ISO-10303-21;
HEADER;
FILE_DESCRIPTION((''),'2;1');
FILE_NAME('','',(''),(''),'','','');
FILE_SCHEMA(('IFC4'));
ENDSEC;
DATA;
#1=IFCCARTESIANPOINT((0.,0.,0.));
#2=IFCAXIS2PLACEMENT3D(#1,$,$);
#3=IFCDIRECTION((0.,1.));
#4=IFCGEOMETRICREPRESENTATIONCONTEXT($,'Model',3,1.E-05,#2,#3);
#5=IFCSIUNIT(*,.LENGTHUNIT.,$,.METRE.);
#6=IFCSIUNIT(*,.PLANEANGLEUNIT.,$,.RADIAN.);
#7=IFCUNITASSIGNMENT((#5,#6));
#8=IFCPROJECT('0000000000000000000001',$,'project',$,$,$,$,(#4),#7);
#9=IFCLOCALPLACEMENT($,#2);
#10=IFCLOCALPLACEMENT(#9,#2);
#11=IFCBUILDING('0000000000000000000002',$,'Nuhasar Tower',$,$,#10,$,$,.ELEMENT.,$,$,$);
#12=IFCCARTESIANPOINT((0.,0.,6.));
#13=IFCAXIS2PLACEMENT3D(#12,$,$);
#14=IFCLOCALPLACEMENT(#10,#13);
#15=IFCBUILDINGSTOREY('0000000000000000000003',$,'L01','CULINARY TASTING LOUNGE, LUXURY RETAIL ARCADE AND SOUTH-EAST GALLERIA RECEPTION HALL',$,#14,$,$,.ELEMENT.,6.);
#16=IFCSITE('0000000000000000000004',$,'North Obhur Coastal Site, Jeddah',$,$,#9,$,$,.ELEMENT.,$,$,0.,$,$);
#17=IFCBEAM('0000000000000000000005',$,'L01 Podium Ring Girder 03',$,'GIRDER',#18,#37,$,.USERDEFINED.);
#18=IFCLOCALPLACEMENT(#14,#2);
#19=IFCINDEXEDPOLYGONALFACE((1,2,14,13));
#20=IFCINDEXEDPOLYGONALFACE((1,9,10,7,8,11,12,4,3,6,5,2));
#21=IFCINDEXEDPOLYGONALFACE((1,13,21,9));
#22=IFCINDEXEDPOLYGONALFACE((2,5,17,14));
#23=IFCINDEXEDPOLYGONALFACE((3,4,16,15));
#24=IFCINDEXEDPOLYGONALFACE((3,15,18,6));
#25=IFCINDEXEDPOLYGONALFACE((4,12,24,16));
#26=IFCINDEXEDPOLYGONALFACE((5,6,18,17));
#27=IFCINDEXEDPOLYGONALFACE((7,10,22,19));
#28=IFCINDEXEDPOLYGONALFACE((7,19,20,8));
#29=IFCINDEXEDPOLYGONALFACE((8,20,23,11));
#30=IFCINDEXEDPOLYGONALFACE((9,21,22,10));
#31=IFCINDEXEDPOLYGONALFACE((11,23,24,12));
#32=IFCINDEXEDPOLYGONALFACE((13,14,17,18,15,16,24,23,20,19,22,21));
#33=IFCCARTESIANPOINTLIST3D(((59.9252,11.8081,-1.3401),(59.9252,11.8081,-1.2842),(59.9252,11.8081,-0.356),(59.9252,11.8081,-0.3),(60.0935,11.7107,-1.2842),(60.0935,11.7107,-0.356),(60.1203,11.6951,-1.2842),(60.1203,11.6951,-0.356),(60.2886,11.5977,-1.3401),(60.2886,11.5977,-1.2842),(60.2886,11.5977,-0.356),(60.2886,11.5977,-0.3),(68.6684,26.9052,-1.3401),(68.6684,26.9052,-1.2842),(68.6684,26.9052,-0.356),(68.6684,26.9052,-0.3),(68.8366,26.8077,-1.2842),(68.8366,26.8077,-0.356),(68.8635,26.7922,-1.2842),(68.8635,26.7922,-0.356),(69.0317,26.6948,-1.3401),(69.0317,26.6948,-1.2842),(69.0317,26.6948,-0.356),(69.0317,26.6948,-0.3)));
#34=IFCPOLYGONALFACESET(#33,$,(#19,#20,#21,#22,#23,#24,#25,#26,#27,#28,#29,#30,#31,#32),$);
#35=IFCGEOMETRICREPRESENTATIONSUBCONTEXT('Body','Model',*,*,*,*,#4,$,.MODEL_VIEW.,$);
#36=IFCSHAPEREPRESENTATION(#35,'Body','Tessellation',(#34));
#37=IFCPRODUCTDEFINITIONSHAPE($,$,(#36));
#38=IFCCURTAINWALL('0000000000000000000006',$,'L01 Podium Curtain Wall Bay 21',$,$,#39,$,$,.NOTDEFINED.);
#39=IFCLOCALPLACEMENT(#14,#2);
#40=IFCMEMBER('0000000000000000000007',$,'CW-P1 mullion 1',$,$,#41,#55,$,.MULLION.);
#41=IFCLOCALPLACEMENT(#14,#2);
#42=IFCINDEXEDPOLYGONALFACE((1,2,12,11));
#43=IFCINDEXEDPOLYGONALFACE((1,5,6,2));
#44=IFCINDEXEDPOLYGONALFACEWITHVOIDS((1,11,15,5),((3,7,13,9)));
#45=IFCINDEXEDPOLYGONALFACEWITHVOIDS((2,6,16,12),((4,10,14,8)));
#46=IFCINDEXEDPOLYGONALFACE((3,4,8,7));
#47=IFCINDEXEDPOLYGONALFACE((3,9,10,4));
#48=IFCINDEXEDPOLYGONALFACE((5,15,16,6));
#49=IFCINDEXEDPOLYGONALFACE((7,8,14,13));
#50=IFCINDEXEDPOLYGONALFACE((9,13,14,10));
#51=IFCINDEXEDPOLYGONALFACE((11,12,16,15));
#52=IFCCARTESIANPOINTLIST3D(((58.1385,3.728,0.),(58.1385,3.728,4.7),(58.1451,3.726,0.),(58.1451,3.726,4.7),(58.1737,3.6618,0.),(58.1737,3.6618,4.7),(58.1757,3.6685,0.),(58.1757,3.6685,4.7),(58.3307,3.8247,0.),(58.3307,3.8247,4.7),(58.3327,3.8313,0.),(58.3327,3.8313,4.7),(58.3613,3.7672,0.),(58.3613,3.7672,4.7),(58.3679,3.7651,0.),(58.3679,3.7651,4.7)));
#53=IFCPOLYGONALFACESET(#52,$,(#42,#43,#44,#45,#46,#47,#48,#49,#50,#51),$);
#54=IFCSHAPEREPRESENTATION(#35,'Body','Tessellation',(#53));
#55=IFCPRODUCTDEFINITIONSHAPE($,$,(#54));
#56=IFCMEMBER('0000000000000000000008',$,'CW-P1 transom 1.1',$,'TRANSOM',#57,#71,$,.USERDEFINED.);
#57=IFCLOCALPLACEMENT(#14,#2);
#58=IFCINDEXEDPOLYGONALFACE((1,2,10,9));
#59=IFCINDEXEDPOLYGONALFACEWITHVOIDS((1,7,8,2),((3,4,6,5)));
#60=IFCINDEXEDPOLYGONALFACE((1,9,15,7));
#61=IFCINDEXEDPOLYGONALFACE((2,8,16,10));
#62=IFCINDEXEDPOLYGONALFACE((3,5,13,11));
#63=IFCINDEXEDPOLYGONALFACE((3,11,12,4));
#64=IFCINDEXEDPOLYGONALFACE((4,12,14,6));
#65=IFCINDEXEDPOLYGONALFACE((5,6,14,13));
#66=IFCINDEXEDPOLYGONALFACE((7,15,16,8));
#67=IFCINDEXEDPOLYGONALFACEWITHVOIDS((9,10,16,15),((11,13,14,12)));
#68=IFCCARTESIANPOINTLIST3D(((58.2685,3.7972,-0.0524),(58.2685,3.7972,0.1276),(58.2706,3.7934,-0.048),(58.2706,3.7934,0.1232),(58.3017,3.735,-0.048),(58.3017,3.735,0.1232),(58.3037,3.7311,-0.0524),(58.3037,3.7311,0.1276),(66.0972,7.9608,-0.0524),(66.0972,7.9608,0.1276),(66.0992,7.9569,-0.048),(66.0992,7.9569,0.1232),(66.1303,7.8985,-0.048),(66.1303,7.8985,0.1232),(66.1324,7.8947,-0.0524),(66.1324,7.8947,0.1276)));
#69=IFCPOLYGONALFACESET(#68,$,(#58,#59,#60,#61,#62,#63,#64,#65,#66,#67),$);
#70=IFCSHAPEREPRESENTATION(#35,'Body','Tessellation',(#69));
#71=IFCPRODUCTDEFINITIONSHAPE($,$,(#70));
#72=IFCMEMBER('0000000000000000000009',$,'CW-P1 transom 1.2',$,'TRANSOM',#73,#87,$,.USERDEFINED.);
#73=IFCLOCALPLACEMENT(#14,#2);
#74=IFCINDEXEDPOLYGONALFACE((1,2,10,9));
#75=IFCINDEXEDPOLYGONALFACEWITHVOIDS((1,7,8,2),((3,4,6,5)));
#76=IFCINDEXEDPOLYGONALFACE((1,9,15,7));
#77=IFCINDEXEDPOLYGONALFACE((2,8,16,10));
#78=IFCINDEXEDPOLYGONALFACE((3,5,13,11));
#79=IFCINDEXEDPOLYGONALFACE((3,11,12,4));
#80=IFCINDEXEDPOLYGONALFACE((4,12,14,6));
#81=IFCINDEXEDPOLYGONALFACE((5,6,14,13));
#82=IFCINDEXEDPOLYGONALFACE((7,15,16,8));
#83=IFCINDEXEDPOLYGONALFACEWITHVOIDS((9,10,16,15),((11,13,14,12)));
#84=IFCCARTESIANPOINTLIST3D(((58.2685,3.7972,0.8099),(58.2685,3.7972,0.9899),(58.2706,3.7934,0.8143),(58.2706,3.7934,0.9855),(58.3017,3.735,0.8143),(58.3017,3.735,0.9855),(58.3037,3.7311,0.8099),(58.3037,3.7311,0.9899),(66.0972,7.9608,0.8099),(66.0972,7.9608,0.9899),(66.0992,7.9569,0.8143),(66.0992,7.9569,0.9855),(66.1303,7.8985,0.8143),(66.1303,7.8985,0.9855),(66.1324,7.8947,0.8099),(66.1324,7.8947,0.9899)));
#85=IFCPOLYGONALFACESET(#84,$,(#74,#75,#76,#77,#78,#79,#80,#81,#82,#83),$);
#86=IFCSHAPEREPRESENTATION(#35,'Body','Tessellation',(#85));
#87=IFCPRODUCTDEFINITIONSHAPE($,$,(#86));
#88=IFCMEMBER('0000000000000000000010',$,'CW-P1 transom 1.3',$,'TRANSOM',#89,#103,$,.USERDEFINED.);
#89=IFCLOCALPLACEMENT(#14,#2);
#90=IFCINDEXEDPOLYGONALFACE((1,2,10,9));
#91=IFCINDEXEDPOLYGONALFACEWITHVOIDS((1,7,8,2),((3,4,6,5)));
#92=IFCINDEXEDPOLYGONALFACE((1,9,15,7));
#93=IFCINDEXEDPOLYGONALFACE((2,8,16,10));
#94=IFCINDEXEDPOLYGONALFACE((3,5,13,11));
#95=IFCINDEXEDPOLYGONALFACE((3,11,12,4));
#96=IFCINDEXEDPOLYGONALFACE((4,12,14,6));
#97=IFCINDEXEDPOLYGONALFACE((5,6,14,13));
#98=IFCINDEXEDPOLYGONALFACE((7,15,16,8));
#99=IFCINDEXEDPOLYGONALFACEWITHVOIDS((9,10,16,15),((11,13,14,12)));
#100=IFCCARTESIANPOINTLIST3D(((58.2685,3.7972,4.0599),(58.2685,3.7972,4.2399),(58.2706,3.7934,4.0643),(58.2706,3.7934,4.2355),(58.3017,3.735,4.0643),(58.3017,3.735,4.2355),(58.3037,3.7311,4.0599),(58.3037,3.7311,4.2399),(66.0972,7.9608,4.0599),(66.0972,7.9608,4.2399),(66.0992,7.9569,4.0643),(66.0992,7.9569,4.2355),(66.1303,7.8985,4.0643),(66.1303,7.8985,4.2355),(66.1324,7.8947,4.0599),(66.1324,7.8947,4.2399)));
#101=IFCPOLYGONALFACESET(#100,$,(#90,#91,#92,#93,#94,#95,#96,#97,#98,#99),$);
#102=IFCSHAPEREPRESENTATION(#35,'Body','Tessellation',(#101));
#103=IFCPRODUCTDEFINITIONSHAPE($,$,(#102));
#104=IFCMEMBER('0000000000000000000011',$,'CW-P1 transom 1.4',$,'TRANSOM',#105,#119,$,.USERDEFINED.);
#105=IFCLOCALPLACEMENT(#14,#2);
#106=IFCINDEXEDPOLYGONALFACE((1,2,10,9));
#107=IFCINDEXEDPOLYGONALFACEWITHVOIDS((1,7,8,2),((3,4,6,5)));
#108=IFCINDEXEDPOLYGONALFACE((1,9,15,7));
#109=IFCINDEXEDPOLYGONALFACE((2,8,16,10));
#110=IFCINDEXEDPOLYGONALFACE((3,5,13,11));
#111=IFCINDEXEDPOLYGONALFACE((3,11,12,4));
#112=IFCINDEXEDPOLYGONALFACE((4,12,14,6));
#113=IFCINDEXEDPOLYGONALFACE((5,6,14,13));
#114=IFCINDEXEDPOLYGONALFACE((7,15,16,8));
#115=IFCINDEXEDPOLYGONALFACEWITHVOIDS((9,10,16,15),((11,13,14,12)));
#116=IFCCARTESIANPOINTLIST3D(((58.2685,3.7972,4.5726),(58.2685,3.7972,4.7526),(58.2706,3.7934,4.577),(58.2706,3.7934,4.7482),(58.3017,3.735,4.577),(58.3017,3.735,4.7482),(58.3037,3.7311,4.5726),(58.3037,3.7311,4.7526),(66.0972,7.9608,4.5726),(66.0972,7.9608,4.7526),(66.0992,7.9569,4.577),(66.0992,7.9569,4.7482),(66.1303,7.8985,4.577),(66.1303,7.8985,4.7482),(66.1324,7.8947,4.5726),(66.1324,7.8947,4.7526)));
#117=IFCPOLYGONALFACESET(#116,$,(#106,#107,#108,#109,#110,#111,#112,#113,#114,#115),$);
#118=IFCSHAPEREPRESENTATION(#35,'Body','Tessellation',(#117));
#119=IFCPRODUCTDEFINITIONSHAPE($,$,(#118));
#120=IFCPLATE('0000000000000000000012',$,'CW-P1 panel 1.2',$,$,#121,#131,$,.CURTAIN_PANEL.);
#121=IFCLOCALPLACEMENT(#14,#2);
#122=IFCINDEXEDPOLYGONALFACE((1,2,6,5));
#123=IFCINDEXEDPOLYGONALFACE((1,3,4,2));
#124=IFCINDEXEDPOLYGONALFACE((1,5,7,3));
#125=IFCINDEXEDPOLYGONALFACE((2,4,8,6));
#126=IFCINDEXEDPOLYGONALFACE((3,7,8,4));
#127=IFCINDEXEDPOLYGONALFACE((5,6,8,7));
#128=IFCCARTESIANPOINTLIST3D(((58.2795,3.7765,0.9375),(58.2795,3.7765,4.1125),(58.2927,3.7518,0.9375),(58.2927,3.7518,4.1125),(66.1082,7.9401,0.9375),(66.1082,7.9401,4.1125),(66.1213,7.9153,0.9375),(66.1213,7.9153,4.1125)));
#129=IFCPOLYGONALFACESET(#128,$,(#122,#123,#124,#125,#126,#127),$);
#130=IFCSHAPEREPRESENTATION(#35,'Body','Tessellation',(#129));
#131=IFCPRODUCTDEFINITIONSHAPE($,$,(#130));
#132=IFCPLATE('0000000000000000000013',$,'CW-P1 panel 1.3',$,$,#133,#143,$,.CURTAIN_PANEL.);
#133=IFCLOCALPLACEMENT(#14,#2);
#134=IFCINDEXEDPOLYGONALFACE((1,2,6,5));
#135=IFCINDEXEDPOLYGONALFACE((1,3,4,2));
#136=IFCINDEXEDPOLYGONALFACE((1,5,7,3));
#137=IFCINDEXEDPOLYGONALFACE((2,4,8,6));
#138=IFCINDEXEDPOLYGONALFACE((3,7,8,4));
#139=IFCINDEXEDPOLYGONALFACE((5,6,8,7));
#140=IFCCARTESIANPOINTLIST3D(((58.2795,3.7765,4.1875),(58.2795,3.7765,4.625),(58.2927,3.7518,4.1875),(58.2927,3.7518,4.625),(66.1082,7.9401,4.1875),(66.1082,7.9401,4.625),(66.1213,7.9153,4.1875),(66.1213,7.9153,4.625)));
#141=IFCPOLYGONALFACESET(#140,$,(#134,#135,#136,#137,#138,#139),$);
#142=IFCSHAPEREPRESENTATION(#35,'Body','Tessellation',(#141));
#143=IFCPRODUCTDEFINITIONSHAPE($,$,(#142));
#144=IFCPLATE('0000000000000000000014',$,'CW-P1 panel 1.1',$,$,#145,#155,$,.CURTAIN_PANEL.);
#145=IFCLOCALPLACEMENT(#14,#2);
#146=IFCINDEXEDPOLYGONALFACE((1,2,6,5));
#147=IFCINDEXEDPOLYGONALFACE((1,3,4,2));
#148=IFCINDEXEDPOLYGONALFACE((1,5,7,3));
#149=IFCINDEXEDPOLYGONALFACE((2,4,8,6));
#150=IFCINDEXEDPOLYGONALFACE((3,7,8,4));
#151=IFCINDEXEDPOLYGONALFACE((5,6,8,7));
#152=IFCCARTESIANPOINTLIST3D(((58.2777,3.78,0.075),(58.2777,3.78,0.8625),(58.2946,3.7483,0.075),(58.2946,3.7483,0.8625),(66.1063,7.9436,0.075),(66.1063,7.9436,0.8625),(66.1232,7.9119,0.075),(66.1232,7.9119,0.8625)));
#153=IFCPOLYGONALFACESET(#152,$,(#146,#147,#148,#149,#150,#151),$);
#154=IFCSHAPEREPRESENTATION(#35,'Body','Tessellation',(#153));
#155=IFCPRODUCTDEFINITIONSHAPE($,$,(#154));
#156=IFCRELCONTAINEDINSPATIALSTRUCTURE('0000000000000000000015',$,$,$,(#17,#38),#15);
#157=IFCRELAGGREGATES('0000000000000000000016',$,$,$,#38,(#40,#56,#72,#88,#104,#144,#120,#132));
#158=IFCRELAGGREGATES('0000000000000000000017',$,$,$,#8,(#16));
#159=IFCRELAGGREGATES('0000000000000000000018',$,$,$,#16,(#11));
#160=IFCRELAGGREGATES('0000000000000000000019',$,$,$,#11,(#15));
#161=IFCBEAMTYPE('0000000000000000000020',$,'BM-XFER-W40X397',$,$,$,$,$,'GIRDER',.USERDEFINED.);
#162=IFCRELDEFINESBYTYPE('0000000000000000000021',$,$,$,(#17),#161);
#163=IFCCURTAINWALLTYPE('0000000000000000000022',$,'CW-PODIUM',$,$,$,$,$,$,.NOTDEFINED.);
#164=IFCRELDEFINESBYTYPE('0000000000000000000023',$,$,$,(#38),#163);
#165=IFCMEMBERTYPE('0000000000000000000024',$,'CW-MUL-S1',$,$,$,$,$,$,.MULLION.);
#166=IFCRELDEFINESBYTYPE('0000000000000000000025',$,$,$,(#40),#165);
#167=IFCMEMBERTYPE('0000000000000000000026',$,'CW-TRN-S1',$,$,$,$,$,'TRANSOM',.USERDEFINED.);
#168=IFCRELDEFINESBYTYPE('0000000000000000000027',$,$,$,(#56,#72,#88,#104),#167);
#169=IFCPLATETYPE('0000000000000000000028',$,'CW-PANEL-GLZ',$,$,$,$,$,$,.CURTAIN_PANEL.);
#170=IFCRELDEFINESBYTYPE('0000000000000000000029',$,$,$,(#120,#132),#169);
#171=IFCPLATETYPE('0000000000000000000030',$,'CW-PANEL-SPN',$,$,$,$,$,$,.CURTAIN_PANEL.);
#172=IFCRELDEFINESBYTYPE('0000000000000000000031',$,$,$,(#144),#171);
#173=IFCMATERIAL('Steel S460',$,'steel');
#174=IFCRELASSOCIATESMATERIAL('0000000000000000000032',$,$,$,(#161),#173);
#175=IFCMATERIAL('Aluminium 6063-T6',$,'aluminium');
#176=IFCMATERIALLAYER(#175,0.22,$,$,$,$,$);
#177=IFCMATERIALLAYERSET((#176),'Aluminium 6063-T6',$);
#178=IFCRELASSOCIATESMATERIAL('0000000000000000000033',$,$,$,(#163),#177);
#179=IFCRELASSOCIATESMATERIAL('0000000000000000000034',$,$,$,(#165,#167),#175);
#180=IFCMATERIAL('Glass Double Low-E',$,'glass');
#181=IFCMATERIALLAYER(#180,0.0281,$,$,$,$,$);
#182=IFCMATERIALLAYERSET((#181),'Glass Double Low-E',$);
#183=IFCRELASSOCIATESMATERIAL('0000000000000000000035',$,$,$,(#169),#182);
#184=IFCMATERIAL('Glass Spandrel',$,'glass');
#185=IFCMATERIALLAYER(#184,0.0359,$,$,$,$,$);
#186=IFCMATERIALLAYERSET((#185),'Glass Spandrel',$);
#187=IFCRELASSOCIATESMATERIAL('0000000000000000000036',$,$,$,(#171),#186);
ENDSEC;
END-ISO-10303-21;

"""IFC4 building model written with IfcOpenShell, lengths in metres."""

from ifc_helpers import new_model, si_unit, direction, frame, origin, origin_2d, place, context, subcontext, project, spatial, rectangle, hollow_rectangle, i_section, extrude, material, layer, layer_set, material_profile, profile_set, type_object, element, aggregate, save


model = new_model("IFC4")

# Units and contexts
model_context = context("Model", 3, precision=1e-05, world=origin(), true_north=direction((0.0, 1.0)))
body_context = subcontext(model_context, "Body", "Model", "MODEL_VIEW")
ifc_project = project(units=[si_unit("LENGTHUNIT", "METRE"), si_unit("PLANEANGLEUNIT", "RADIAN")], contexts=[model_context])

# Site, building, storey
site_placement = place(None, origin())
site = spatial("IfcSite", under=ifc_project, at=site_placement, Name="North Obhur Coastal Site, Jeddah", CompositionType="ELEMENT", RefElevation=0.0)
building_placement = place(site_placement, origin())
building = spatial("IfcBuilding", under=site, at=building_placement, Name="Nuhasar Tower", CompositionType="ELEMENT")
storey_placement = place(building_placement, frame((0.0, 0.0, 6.0)))
storey = spatial("IfcBuildingStorey", under=building, at=storey_placement, Name="L01", Description="CULINARY TASTING LOUNGE, LUXURY RETAIL ARCADE AND SOUTH-EAST GALLERIA RECEPTION HALL", CompositionType="ELEMENT", Elevation=6.0)

# Beam
ifc_material_1 = material(Name="Steel S460", Category="steel")
ifc_material_profile_1 = material_profile(ifc_material_1, i_section(OverallWidth=0.4199, OverallDepth=1.04, WebThickness=0.031, FlangeThickness=0.0559, at=origin_2d()), Name="W40X397")
ifc_profile_set_1 = profile_set([ifc_material_profile_1], Name="Steel S460")
beam_type_1 = type_object("IfcBeamType", Name="BM-XFER-W40X397", ElementType="GIRDER", PredefinedType="USERDEFINED", material=ifc_profile_set_1)
beam_1_placement = place(storey_placement, frame((60.1069, 11.7029, -0.8201), z_axis=(0.501152, 0.865359, 0.0), x_axis=(-0.865359, 0.501152, 0.0)))
element("IfcBeam", 1, at=beam_1_placement, inside=storey, type_object=beam_type_1, Name="L01 Podium Ring Girder 03", ObjectType="GIRDER", PredefinedType="USERDEFINED", context=body_context, shape_type="SweptSolid", body=[
    extrude(i_section(OverallWidth=0.4199, OverallDepth=1.04, WebThickness=0.031, FlangeThickness=0.0559, at=origin_2d()), origin(), (0.0, 0.0, 1.0), 17.446),
])

# Curtain wall, members, plates
ifc_material_2 = material(Name="Aluminium 6063-T6", Category="aluminium")
ifc_layer_1 = layer(ifc_material_2, 0.22)
ifc_layer_set_1 = layer_set([ifc_layer_1], Name="Aluminium 6063-T6")
curtain_wall_type = type_object("IfcCurtainWallType", Name="CW-PODIUM", PredefinedType="NOTDEFINED", material=ifc_layer_set_1)
curtain_wall_placement = place(storey_placement, origin())
curtain_wall = element("IfcCurtainWall", 2, at=curtain_wall_placement, inside=storey, type_object=curtain_wall_type, Name="L01 Podium Curtain Wall Bay 21", PredefinedType="NOTDEFINED")
ifc_material_profile_2 = material_profile(ifc_material_2, hollow_rectangle(XDim=0.075, YDim=0.22, WallThickness=0.0049, at=origin_2d()), Name="CWM-1")
ifc_profile_set_2 = profile_set([ifc_material_profile_2], Name="Aluminium 6063-T6")
member_type_1 = type_object("IfcMemberType", Name="CW-MUL-S1", PredefinedType="MULLION", material=ifc_profile_set_2)
member_1_placement = place(storey_placement, frame((58.2532, 3.7466, 0.0), z_axis=(0.0, 0.0, 1.0), x_axis=(-0.469563, 0.882899, 0.0)))
member_1 = element("IfcMember", 3, at=member_1_placement, type_object=member_type_1, Name="CW-P1 mullion 1", PredefinedType="MULLION", context=body_context, shape_type="SweptSolid", body=[
    extrude(hollow_rectangle(XDim=0.075, YDim=0.22, WallThickness=0.0049, at=origin_2d()), origin(), (0.0, 0.0, 1.0), 4.7),
])
ifc_material_profile_3 = material_profile(ifc_material_2, hollow_rectangle(XDim=0.075, YDim=0.1799, WallThickness=0.0044, at=origin_2d()), Name="CWT-1")
ifc_profile_set_3 = profile_set([ifc_material_profile_3], Name="Aluminium 6063-T6")
member_type_2 = type_object("IfcMemberType", Name="CW-TRN-S1", ElementType="TRANSOM", PredefinedType="USERDEFINED", material=ifc_profile_set_3)
member_2_placement = place(storey_placement, frame((58.2861, 3.7642, 0.0376), z_axis=(0.8829, 0.469562, 0.0), x_axis=(-0.469562, 0.8829, 0.0)))
member_2 = element("IfcMember", 4, at=member_2_placement, type_object=member_type_2, Name="CW-P1 transom 1.1", ObjectType="TRANSOM", PredefinedType="USERDEFINED", context=body_context, shape_type="SweptSolid", body=[
    extrude(hollow_rectangle(XDim=0.075, YDim=0.1799, WallThickness=0.0044, at=origin_2d()), origin(), (0.0, 0.0, 1.0), 8.8669),
])
member_3_placement = place(storey_placement, frame((58.2861, 3.7642, 0.8999), z_axis=(0.8829, 0.469562, 0.0), x_axis=(-0.469562, 0.8829, 0.0)))
member_3 = element("IfcMember", 5, at=member_3_placement, type_object=member_type_2, Name="CW-P1 transom 1.2", ObjectType="TRANSOM", PredefinedType="USERDEFINED", context=body_context, shape_type="SweptSolid", body=[
    extrude(hollow_rectangle(XDim=0.075, YDim=0.1799, WallThickness=0.0044, at=origin_2d()), origin(), (0.0, 0.0, 1.0), 8.8669),
])
member_4_placement = place(storey_placement, frame((58.2861, 3.7642, 4.1499), z_axis=(0.8829, 0.469562, 0.0), x_axis=(-0.469562, 0.8829, 0.0)))
member_4 = element("IfcMember", 6, at=member_4_placement, type_object=member_type_2, Name="CW-P1 transom 1.3", ObjectType="TRANSOM", PredefinedType="USERDEFINED", context=body_context, shape_type="SweptSolid", body=[
    extrude(hollow_rectangle(XDim=0.075, YDim=0.1799, WallThickness=0.0044, at=origin_2d()), origin(), (0.0, 0.0, 1.0), 8.8669),
])
member_5_placement = place(storey_placement, frame((58.2861, 3.7642, 4.6626), z_axis=(0.8829, 0.469562, 0.0), x_axis=(-0.469562, 0.8829, 0.0)))
member_5 = element("IfcMember", 7, at=member_5_placement, type_object=member_type_2, Name="CW-P1 transom 1.4", ObjectType="TRANSOM", PredefinedType="USERDEFINED", context=body_context, shape_type="SweptSolid", body=[
    extrude(hollow_rectangle(XDim=0.075, YDim=0.1799, WallThickness=0.0044, at=origin_2d()), origin(), (0.0, 0.0, 1.0), 8.8669),
])
ifc_material_3 = material(Name="Glass Double Low-E", Category="glass")
ifc_layer_2 = layer(ifc_material_3, 0.0281)
ifc_layer_set_2 = layer_set([ifc_layer_2], Name="Glass Double Low-E")
plate_type_1 = type_object("IfcPlateType", Name="CW-PANEL-GLZ", PredefinedType="CURTAIN_PANEL", material=ifc_layer_set_2)
plate_1_placement = place(storey_placement, frame((62.2004, 5.8459, 0.9375), z_axis=(0.0, 0.0, 1.0), x_axis=(0.882899, 0.469563, 0.0)))
plate_1 = element("IfcPlate", 8, at=plate_1_placement, type_object=plate_type_1, Name="CW-P1 panel 1.2", PredefinedType="CURTAIN_PANEL", context=body_context, shape_type="SweptSolid", body=[
    extrude(rectangle(XDim=8.8669, YDim=0.0281, at=origin_2d()), origin(), (0.0, 0.0, 1.0), 3.175),
])
plate_2_placement = place(storey_placement, frame((62.2004, 5.8459, 4.1875), z_axis=(0.0, 0.0, 1.0), x_axis=(0.882899, 0.469563, 0.0)))
plate_2 = element("IfcPlate", 9, at=plate_2_placement, type_object=plate_type_1, Name="CW-P1 panel 1.3", PredefinedType="CURTAIN_PANEL", context=body_context, shape_type="SweptSolid", body=[
    extrude(rectangle(XDim=8.8669, YDim=0.0281, at=origin_2d()), origin(), (0.0, 0.0, 1.0), 0.4375),
])
ifc_material_4 = material(Name="Glass Spandrel", Category="glass")
ifc_layer_3 = layer(ifc_material_4, 0.0359)
ifc_layer_set_3 = layer_set([ifc_layer_3], Name="Glass Spandrel")
plate_type_2 = type_object("IfcPlateType", Name="CW-PANEL-SPN", PredefinedType="CURTAIN_PANEL", material=ifc_layer_set_3)
plate_3_placement = place(storey_placement, frame((62.2004, 5.8459, 0.075), z_axis=(0.0, 0.0, 1.0), x_axis=(0.882899, 0.469563, 0.0)))
plate_3 = element("IfcPlate", 10, at=plate_3_placement, type_object=plate_type_2, Name="CW-P1 panel 1.1", PredefinedType="CURTAIN_PANEL", context=body_context, shape_type="SweptSolid", body=[
    extrude(rectangle(XDim=8.8669, YDim=0.0359, at=origin_2d()), origin(), (0.0, 0.0, 1.0), 0.7876),
])
aggregate(curtain_wall, [member_1, member_2, member_3, member_4, member_5, plate_3, plate_1, plate_2])

save(model, "model.ifc")
